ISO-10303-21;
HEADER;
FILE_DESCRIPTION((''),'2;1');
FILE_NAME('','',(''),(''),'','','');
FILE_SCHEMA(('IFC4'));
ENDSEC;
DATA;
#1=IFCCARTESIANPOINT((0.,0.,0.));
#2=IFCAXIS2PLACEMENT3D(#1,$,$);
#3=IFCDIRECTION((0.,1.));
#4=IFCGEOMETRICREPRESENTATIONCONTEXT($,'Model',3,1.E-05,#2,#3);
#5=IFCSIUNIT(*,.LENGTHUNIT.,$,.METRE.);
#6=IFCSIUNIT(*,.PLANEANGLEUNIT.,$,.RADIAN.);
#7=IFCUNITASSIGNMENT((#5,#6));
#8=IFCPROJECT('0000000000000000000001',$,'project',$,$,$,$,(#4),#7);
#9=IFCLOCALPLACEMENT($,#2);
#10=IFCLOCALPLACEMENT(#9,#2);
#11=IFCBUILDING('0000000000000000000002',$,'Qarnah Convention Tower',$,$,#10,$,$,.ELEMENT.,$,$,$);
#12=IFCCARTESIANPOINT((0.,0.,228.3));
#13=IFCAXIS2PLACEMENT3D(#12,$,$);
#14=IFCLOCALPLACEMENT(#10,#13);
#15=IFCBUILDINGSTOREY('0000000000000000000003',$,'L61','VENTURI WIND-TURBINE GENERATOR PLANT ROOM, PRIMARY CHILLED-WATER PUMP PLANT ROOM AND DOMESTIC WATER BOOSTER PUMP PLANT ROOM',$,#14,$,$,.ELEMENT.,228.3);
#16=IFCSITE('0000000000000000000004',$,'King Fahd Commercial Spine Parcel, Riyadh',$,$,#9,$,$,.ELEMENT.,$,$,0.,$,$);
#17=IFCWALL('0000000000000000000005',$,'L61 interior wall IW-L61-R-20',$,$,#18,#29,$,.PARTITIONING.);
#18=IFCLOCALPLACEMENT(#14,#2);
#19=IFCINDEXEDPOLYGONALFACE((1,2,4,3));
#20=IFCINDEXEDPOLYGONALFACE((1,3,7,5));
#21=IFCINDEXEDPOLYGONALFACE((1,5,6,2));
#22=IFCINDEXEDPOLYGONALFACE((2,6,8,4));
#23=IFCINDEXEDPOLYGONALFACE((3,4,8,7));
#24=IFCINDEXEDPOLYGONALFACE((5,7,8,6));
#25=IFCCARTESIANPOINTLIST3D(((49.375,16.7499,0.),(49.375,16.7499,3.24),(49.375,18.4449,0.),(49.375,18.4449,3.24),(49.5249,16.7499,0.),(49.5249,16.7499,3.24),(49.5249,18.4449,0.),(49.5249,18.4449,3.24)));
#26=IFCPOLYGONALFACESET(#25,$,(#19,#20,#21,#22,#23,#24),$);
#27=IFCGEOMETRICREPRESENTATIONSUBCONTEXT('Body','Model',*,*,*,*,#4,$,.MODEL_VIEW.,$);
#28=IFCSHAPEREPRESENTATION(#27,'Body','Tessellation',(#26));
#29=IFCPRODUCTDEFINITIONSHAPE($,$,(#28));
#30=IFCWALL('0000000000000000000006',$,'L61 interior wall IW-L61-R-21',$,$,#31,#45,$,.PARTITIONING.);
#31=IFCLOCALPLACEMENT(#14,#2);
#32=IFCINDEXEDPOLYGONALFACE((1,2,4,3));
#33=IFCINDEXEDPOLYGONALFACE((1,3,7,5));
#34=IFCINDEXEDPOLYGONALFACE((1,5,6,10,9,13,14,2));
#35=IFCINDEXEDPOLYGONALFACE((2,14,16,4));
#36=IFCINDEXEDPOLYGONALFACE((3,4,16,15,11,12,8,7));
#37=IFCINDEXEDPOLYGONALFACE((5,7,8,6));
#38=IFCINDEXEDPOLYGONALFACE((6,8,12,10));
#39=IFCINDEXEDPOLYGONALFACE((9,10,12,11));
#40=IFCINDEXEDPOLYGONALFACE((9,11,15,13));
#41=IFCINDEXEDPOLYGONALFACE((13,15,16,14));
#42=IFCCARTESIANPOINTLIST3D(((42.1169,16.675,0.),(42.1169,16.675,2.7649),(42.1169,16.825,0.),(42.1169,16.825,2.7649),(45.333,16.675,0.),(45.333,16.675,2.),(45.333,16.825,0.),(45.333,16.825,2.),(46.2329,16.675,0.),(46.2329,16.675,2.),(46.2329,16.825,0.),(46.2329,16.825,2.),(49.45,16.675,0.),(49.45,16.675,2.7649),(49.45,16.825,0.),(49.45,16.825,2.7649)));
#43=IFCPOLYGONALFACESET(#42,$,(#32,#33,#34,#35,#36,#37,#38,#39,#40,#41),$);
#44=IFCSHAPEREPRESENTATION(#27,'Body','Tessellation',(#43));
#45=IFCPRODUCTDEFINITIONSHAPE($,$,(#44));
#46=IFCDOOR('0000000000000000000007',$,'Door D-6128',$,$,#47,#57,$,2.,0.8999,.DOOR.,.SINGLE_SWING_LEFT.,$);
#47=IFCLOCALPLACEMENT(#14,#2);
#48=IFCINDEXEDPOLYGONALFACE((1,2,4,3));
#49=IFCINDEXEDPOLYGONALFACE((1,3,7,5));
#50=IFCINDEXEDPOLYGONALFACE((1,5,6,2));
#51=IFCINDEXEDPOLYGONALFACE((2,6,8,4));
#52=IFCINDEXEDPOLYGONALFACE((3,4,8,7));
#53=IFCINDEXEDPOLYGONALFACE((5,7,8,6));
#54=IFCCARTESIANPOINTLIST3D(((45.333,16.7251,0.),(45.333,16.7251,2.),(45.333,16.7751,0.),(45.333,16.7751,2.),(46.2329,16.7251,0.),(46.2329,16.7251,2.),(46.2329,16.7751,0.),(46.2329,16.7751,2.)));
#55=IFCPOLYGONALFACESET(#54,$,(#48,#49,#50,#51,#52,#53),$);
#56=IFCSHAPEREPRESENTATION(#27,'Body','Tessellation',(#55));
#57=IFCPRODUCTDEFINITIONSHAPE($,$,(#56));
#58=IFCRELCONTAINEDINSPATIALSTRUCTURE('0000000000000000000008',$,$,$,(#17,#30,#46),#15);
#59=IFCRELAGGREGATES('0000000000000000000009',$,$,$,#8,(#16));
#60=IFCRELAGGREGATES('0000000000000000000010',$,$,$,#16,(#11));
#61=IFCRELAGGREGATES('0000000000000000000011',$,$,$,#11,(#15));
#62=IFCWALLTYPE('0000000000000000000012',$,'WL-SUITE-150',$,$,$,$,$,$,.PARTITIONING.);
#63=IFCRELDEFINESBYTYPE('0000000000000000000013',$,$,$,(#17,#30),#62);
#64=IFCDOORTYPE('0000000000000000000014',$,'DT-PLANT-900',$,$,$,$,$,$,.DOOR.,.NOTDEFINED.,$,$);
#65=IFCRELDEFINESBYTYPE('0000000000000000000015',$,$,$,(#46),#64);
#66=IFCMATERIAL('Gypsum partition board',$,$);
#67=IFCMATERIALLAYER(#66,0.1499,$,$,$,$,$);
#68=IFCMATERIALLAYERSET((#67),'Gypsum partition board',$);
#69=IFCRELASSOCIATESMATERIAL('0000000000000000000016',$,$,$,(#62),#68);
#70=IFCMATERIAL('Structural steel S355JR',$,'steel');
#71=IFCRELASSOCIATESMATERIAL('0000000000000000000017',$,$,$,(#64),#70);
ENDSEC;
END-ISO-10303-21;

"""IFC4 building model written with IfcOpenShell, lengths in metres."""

from ifc_helpers import new_model, si_unit, direction, frame, frame_2d, origin, place, context, subcontext, project, spatial, rectangle, extrude, material, layer, layer_set, type_object, element, fill, save


model = new_model("IFC4")

# Units and contexts
model_context = context("Model", 3, precision=1e-05, world=origin(), true_north=direction((0.0, 1.0)))
body_context = subcontext(model_context, "Body", "Model", "MODEL_VIEW")
ifc_project = project(units=[si_unit("LENGTHUNIT", "METRE"), si_unit("PLANEANGLEUNIT", "RADIAN")], contexts=[model_context])

# Site, building, storey
site_placement = place(None, origin())
site = spatial("IfcSite", under=ifc_project, at=site_placement, Name="King Fahd Commercial Spine Parcel, Riyadh", CompositionType="ELEMENT", RefElevation=0.0)
building_placement = place(site_placement, origin())
building = spatial("IfcBuilding", under=site, at=building_placement, Name="Qarnah Convention Tower", CompositionType="ELEMENT")
storey_placement = place(building_placement, frame((0.0, 0.0, 228.3)))
storey = spatial("IfcBuildingStorey", under=building, at=storey_placement, Name="L61", Description="VENTURI WIND-TURBINE GENERATOR PLANT ROOM, PRIMARY CHILLED-WATER PUMP PLANT ROOM AND DOMESTIC WATER BOOSTER PUMP PLANT ROOM", CompositionType="ELEMENT", Elevation=228.3)

# Shared definitions
ifc_material_1 = material(Name="Structural steel S355JR", Category="steel")

# Shared definitions
ifc_material_2 = material(Name="Gypsum partition board")
ifc_layer_1 = layer(ifc_material_2, 0.1499)
ifc_layer_set_1 = layer_set([ifc_layer_1], Name="Gypsum partition board")
wall_type_1 = type_object("IfcWallType", Name="WL-SUITE-150", PredefinedType="PARTITIONING", material=ifc_layer_set_1)

# Shared definitions
door_type_1 = type_object("IfcDoorType", Name="DT-PLANT-900", OperationType="NOTDEFINED", PredefinedType="DOOR", material=ifc_material_1)

# Wall
wall_1_placement = place(storey_placement, frame((49.45, 18.4451, 0.0), z_axis=(0.0, 0.0, 1.0), x_axis=(0.0, -1.0, 0.0)))
element("IfcWall", 1, at=wall_1_placement, inside=storey, type_object=wall_type_1, Name="L61 interior wall IW-L61-R-20", PredefinedType="PARTITIONING", context=body_context, shape_type="SweptSolid", body=[
    extrude(rectangle(XDim=1.6951, YDim=0.1499, at=frame_2d((0.8477, 0.0))), origin(), (0.0, 0.0, 1.0), 3.24),
])

# Wall, opening, door
wall_2_placement = place(storey_placement, frame((49.45, 16.75, 0.0), z_axis=(0.0, 0.0, 1.0), x_axis=(-1.0, 0.0, 0.0)))
wall_2 = element("IfcWall", 2, at=wall_2_placement, inside=storey, type_object=wall_type_1, Name="L61 interior wall IW-L61-R-21", PredefinedType="PARTITIONING", context=body_context, shape_type="SweptSolid", body=[
    extrude(rectangle(XDim=7.333, YDim=0.1499, at=frame_2d((3.6665, 0.0))), origin(), (0.0, 0.0, 1.0), 2.7649),
])
opening_1_placement = place(wall_2_placement, frame((3.217, 0.0, 0.0)))
opening_1 = element("IfcOpeningElement", 3, at=opening_1_placement, cuts=wall_2, PredefinedType="OPENING", context=body_context, shape_type="SweptSolid", body=[
    extrude(rectangle(XDim=0.8999, YDim=2.0, at=frame_2d((0.45, 1.0))), frame((0.0, 0.085, 0.0), z_axis=(0.0, -1.0, 0.0), x_axis=(1.0, 0.0, 0.0)), (0.0, 0.0, 1.0), 0.1699),
])
door_1_placement = place(opening_1_placement, origin())
door_1 = element("IfcDoor", 4, at=door_1_placement, inside=storey, type_object=door_type_1, Name="Door D-6128", OperationType="SINGLE_SWING_LEFT", OverallHeight=2.0, OverallWidth=0.8999, PredefinedType="DOOR", context=body_context, shape_type="SweptSolid", body=[
    extrude(rectangle(XDim=0.8999, YDim=2.0, at=frame_2d((0.45, 1.0))), frame((0.0, 0.0249, 0.0), z_axis=(0.0, -1.0, 0.0), x_axis=(1.0, 0.0, 0.0)), (0.0, 0.0, 1.0), 0.05),
])
fill(opening_1, door_1)

save(model, "model.ifc")
